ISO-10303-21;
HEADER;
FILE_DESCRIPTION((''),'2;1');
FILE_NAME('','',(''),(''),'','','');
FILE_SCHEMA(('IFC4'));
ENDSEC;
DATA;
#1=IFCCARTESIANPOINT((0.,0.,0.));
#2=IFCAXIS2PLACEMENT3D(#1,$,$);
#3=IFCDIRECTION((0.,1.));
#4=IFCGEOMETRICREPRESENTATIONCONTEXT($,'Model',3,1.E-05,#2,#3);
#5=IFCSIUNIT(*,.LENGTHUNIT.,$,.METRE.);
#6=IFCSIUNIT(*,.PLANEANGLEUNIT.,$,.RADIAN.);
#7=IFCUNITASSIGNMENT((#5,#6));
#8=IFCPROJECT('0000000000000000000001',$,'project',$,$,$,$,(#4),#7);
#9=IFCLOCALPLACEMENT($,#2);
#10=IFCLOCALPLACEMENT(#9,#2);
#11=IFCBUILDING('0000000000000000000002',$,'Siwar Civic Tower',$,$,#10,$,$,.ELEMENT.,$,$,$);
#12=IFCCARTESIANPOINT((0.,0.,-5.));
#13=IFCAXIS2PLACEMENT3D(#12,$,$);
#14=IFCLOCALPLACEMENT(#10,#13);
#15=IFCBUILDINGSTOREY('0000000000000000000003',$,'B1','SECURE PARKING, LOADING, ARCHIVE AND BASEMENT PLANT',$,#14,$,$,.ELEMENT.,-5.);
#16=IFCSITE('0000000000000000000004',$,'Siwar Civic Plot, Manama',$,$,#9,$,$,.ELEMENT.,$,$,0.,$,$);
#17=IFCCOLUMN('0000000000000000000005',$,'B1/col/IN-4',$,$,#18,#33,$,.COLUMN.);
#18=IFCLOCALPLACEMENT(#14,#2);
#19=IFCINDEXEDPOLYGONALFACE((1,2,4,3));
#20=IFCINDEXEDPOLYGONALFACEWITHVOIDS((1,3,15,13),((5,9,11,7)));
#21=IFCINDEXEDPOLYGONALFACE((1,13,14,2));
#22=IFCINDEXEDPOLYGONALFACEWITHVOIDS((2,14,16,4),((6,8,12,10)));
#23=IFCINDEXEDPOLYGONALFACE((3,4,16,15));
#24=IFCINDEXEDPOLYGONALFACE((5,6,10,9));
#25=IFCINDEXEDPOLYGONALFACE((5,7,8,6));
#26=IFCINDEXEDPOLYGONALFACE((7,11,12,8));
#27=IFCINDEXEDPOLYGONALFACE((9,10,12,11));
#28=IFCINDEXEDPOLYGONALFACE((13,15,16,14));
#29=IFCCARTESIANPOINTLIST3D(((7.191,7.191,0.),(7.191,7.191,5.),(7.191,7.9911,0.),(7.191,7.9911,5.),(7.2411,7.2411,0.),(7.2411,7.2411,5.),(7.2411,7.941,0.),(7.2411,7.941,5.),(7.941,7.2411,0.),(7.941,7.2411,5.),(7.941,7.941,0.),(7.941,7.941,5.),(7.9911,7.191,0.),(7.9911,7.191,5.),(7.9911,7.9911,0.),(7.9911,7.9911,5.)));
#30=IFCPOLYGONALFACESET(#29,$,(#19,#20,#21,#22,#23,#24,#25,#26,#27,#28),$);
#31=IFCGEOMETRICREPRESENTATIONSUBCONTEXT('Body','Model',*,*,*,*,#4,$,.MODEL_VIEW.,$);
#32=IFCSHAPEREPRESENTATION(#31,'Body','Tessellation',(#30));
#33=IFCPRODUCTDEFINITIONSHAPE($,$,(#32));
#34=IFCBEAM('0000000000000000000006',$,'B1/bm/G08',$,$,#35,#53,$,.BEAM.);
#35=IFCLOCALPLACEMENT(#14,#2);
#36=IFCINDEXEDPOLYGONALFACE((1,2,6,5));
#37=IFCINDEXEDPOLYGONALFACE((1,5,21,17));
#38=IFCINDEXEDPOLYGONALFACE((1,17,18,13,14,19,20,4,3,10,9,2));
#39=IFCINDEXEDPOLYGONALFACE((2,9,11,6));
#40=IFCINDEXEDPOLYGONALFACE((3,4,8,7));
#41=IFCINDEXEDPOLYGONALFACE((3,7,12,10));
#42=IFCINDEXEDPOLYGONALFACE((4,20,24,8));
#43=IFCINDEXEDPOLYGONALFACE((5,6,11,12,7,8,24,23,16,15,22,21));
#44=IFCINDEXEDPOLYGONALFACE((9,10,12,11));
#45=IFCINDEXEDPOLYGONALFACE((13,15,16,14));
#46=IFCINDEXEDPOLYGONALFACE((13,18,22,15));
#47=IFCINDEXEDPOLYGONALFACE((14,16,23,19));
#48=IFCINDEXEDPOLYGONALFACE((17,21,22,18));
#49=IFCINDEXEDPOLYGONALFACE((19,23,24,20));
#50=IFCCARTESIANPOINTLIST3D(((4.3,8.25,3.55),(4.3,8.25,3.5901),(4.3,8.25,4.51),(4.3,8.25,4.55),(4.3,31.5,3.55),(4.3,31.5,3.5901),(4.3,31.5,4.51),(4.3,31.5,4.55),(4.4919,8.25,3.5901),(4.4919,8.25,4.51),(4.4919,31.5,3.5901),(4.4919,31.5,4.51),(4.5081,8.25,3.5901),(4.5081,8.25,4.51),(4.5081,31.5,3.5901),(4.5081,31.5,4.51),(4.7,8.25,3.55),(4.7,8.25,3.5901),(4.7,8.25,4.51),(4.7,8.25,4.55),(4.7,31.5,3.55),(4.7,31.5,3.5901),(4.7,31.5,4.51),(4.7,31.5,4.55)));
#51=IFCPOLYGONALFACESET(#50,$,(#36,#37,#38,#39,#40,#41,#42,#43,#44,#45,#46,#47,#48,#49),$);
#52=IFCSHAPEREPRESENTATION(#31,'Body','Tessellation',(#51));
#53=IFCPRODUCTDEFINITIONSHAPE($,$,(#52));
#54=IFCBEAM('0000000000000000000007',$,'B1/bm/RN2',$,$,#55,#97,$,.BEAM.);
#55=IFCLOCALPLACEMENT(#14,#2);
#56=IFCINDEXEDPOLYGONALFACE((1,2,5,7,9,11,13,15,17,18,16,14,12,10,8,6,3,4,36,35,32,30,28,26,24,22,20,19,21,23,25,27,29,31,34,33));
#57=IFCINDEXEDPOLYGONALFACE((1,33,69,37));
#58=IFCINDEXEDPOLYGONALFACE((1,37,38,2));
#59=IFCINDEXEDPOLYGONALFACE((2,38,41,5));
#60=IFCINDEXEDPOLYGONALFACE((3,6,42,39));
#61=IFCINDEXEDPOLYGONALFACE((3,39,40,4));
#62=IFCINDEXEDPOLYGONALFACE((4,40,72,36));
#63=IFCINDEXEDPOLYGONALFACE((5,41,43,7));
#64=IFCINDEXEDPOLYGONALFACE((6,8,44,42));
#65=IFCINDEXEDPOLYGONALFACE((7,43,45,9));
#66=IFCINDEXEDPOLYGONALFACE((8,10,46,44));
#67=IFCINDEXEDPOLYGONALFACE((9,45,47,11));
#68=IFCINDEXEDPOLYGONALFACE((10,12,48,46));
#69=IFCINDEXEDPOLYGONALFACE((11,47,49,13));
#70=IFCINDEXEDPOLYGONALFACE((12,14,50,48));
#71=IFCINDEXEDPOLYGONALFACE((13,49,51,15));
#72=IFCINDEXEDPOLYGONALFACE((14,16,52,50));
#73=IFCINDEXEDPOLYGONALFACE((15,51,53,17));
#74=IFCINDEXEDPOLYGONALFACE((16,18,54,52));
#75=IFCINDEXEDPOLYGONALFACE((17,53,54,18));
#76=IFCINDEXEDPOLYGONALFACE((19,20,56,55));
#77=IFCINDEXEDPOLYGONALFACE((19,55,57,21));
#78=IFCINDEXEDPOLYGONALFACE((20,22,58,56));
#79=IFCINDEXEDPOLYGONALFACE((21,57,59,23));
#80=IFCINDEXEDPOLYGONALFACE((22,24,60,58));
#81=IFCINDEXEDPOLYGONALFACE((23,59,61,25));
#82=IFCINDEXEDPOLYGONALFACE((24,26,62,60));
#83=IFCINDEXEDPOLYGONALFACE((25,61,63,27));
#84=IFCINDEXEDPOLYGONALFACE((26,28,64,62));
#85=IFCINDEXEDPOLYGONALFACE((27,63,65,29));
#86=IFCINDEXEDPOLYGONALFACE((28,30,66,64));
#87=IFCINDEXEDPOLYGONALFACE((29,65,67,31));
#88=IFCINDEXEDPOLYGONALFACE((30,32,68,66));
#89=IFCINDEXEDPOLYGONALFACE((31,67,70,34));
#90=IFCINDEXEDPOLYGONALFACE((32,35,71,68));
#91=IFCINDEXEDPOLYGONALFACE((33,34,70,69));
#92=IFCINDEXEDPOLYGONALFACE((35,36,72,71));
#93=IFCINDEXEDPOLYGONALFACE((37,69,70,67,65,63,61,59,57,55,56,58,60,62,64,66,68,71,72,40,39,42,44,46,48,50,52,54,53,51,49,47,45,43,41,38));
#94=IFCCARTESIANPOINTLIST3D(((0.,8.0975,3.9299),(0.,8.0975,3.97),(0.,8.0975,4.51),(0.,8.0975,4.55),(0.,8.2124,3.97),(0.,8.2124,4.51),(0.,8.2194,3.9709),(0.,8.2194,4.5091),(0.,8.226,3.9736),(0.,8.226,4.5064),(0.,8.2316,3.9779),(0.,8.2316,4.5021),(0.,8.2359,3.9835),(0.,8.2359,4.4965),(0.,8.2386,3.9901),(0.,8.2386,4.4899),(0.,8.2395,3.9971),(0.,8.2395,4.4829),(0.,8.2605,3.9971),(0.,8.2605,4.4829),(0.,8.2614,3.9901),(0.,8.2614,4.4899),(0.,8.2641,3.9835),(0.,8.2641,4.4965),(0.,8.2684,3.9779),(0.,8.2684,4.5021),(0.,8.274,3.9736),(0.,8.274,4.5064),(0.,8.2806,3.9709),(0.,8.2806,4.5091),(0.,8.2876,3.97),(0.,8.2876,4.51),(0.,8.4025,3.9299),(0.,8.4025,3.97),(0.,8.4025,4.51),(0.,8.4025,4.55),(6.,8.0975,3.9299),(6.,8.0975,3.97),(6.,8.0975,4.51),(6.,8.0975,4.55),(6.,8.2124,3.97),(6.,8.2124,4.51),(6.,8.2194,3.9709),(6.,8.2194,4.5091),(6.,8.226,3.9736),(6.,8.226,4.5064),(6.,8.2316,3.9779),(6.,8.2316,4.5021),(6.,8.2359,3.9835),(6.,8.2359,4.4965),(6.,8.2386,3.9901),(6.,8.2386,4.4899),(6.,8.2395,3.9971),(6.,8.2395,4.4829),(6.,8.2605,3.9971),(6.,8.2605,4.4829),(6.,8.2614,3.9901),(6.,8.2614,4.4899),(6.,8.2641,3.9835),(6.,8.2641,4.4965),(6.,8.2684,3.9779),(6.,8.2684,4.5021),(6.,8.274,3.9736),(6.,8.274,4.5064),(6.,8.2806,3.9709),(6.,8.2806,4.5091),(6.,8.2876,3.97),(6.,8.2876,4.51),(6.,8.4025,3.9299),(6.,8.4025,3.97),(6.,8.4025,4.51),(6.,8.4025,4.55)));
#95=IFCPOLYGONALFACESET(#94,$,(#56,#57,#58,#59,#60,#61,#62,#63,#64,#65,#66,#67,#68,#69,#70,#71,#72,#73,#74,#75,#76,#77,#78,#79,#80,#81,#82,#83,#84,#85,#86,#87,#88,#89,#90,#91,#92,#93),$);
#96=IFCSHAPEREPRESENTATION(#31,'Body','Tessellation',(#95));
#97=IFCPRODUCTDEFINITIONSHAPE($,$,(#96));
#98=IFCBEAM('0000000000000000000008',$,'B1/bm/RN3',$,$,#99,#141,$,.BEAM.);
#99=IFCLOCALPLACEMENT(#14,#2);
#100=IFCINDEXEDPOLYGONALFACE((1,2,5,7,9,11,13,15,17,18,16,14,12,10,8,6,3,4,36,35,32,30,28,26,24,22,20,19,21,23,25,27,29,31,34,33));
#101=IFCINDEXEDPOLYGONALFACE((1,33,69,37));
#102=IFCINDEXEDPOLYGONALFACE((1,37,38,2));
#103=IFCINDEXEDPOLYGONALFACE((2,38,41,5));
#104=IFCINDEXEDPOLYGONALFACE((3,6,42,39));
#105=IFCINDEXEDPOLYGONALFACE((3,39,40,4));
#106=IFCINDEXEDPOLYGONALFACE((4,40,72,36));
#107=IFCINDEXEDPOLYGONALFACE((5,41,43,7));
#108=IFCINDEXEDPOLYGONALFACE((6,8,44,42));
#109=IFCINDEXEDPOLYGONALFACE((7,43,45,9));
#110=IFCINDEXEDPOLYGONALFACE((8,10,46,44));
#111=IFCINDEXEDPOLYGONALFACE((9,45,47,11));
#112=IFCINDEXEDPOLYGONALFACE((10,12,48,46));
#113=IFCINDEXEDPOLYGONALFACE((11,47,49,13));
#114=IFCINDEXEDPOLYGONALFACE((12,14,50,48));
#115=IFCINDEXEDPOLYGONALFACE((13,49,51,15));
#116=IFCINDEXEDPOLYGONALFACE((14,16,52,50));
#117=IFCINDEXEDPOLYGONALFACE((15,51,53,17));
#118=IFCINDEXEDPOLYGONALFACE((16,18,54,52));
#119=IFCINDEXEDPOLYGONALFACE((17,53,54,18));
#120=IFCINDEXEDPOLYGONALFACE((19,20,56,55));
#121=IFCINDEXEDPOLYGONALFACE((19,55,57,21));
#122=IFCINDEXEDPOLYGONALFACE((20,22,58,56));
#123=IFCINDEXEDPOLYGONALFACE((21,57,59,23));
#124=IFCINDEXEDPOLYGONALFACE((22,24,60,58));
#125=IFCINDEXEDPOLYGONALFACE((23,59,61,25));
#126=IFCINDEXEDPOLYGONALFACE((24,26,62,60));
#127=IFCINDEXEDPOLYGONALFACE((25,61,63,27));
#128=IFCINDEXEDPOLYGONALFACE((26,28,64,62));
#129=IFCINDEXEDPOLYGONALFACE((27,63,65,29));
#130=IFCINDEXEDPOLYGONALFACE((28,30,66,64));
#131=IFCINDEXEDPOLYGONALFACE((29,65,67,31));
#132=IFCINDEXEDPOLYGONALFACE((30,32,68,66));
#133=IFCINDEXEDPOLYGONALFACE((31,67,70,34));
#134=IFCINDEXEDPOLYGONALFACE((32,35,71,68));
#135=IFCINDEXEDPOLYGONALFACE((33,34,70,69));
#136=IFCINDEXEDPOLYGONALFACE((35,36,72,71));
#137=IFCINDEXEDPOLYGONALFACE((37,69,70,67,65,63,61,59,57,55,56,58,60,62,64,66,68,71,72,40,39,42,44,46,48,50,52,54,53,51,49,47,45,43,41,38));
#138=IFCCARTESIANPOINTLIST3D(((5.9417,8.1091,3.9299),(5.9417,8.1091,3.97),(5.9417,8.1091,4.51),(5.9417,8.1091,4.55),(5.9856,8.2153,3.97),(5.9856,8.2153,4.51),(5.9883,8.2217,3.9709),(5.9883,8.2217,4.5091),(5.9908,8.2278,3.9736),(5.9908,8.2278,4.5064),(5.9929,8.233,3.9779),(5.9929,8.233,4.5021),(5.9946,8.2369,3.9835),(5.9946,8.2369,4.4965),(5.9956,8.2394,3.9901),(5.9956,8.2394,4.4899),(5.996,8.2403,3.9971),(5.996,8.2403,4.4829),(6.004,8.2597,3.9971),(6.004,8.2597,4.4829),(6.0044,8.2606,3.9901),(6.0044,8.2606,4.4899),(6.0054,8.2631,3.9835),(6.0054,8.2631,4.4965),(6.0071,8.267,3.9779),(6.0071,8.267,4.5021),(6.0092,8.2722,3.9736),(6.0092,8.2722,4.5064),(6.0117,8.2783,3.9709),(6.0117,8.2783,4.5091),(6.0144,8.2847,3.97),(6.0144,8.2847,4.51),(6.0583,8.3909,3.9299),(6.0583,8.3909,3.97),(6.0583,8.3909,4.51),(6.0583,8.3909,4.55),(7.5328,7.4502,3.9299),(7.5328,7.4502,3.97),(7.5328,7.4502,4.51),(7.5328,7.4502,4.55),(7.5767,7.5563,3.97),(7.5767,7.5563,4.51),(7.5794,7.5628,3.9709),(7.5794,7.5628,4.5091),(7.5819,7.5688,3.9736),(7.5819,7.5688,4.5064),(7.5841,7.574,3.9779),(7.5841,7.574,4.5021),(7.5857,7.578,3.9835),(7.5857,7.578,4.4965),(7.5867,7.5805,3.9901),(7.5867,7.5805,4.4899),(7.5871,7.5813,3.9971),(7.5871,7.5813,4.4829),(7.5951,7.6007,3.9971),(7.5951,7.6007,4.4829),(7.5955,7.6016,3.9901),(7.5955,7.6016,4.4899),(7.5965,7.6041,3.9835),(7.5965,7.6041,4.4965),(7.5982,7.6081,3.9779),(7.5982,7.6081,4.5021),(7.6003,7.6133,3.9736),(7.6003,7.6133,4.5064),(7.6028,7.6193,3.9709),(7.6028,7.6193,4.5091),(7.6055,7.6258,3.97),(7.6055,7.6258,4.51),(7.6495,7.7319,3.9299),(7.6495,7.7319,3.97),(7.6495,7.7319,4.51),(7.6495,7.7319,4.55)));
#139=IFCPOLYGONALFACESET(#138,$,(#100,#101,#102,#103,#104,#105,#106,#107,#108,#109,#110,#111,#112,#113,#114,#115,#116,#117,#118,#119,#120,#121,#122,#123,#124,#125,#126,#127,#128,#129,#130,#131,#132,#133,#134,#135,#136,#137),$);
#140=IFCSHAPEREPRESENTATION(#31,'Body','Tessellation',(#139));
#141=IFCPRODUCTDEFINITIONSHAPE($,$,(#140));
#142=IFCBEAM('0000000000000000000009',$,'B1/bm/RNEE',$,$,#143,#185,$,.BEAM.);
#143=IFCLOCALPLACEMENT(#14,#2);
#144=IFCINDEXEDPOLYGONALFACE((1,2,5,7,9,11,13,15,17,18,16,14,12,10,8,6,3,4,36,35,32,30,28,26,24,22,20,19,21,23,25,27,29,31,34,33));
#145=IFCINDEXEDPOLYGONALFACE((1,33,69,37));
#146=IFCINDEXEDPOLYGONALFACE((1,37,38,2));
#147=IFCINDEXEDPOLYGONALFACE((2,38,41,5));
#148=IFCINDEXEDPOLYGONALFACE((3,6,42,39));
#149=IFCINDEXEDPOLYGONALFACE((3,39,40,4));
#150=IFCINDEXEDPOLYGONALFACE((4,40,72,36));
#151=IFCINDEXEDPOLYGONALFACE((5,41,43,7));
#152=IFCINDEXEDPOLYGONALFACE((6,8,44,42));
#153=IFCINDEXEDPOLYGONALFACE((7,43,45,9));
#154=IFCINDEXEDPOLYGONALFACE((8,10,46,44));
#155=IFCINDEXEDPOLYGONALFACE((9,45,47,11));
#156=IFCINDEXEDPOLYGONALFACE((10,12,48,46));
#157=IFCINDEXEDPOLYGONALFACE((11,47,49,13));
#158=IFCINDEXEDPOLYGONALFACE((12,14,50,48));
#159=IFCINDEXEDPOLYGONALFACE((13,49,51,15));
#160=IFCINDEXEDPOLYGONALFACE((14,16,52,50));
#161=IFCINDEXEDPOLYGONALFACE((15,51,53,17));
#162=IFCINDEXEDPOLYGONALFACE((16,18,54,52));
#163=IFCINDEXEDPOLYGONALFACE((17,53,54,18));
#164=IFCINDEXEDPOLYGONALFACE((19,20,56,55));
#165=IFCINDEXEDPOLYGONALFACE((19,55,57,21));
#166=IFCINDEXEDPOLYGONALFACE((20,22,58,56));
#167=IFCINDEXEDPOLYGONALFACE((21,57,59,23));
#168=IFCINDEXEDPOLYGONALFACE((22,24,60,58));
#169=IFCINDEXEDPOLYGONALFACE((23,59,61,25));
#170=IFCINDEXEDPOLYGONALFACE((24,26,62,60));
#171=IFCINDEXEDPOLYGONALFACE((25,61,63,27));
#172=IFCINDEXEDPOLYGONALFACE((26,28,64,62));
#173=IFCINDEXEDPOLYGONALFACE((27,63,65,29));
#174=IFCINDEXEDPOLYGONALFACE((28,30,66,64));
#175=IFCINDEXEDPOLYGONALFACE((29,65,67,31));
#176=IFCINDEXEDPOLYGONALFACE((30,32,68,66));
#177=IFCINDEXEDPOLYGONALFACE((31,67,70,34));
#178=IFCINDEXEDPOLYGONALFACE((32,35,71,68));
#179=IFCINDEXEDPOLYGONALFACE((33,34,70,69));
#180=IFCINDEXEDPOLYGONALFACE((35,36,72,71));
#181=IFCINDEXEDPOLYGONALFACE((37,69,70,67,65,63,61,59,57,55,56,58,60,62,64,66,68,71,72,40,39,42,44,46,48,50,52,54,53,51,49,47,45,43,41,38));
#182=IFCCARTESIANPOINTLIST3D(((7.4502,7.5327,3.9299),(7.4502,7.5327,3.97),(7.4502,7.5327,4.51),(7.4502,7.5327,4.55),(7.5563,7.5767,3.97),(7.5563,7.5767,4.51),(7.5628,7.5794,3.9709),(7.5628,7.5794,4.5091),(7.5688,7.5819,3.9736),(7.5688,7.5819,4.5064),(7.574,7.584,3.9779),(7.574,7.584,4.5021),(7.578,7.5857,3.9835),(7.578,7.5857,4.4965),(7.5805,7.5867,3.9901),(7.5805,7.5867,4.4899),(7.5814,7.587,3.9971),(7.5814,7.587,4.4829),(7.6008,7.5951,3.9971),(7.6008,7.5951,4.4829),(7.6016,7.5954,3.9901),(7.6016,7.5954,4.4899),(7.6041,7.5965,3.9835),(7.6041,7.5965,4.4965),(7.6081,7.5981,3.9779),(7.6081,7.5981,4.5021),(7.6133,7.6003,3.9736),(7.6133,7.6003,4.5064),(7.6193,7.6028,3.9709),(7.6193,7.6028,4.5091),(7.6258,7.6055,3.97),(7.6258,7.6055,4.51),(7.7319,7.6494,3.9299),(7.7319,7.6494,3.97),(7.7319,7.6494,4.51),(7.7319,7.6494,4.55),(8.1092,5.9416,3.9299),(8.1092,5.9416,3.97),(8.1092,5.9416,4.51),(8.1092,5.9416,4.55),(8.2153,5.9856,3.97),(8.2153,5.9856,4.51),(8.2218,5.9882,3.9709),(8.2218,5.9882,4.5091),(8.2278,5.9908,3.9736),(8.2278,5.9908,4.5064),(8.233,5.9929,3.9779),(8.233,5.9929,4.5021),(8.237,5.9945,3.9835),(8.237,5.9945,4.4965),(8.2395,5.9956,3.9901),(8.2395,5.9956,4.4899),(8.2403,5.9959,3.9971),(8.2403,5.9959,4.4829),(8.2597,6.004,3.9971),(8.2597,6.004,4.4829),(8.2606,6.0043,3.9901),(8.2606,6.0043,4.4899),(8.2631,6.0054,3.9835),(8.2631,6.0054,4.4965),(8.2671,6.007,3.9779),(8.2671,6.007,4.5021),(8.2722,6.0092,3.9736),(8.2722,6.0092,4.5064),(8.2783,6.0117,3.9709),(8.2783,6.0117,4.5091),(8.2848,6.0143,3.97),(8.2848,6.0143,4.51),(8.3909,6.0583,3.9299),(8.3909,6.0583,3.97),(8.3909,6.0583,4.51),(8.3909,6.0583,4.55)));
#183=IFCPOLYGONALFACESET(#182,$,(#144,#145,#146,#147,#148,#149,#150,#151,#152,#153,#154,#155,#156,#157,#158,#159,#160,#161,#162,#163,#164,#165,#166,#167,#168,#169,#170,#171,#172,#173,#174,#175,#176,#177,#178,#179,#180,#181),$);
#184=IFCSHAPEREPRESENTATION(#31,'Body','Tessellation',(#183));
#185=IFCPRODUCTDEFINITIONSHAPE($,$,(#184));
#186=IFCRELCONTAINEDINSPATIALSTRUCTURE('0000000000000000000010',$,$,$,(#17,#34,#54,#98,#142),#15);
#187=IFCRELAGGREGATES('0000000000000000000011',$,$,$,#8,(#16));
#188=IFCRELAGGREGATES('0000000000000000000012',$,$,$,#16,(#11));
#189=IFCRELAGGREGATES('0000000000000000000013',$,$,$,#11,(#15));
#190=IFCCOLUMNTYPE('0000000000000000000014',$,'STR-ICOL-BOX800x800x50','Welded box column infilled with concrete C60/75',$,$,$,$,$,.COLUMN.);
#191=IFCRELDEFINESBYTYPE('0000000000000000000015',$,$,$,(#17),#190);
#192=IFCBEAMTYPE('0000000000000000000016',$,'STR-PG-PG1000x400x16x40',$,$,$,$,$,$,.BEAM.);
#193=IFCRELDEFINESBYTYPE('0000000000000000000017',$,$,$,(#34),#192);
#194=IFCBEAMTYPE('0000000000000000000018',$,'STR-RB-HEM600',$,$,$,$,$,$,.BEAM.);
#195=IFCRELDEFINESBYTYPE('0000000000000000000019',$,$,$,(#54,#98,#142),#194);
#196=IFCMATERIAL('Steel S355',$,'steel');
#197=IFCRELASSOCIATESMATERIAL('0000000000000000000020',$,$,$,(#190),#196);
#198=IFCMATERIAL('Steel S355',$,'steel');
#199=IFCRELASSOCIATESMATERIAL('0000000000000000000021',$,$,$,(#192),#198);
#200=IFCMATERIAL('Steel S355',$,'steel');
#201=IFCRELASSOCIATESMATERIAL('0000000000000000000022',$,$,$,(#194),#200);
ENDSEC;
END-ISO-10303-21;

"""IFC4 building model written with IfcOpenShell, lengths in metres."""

from ifc_helpers import new_model, si_unit, direction, frame, origin, origin_2d, place, context, subcontext, project, spatial, hollow_rectangle, i_section, extrude, material, material_profile, profile_set, type_object, element, save


model = new_model("IFC4")

# Units and contexts
model_context = context("Model", 3, precision=1e-05, world=origin(), true_north=direction((0.0, 1.0)))
body_context = subcontext(model_context, "Body", "Model", "MODEL_VIEW")
ifc_project = project(units=[si_unit("LENGTHUNIT", "METRE"), si_unit("PLANEANGLEUNIT", "RADIAN")], contexts=[model_context])

# Site, building, storey
site_placement = place(None, origin())
site = spatial("IfcSite", under=ifc_project, at=site_placement, Name="Siwar Civic Plot, Manama", CompositionType="ELEMENT", RefElevation=0.0)
building_placement = place(site_placement, origin())
building = spatial("IfcBuilding", under=site, at=building_placement, Name="Siwar Civic Tower", CompositionType="ELEMENT")
storey_placement = place(building_placement, frame((0.0, 0.0, -5.0)))
storey = spatial("IfcBuildingStorey", under=building, at=storey_placement, Name="B1", Description="SECURE PARKING, LOADING, ARCHIVE AND BASEMENT PLANT", CompositionType="ELEMENT", Elevation=-5.0)

# Column
ifc_material_1 = material(Name="Steel S355", Category="steel")
ifc_material_profile_1 = material_profile(ifc_material_1, hollow_rectangle(XDim=0.8, YDim=0.8, WallThickness=0.05, at=origin_2d()), Name="BOX800x800x50")
ifc_profile_set_1 = profile_set([ifc_material_profile_1], Name="Steel S355")
column_type = type_object("IfcColumnType", Name="STR-ICOL-BOX800x800x50", Description="Welded box column infilled with concrete C60/75", PredefinedType="COLUMN", material=ifc_profile_set_1)
for number, where, z_axis, x_axis, name in (
    (1, (7.5911, 7.5911, 0.0), (0.0, 0.0, 1.0), (1.0, 0.0, 0.0), "B1/col/IN-4"),
):
    element("IfcColumn", number, at=place(storey_placement, frame(where, z_axis=z_axis, x_axis=x_axis)), inside=storey, type_object=column_type, Name=name, PredefinedType="COLUMN", context=body_context, shape_type="SweptSolid", body=[
        extrude(hollow_rectangle(XDim=0.8, YDim=0.8, WallThickness=0.05, at=origin_2d()), origin(), (0.0, 0.0, 1.0), 5.0),
    ])

# Beams
ifc_material_2 = material(Name="Steel S355", Category="steel")
ifc_material_profile_2 = material_profile(ifc_material_2, i_section(OverallWidth=0.3999, OverallDepth=1.0, WebThickness=0.0161, FlangeThickness=0.04, at=origin_2d()), Name="PG1000x400x16x40")
ifc_profile_set_2 = profile_set([ifc_material_profile_2], Name="Steel S355")
beam_type_1 = type_object("IfcBeamType", Name="STR-PG-PG1000x400x16x40", PredefinedType="BEAM", material=ifc_profile_set_2)
beam_1_placement = place(storey_placement, frame((4.5, 8.25, 4.05), z_axis=(0.0, 1.0, 0.0), x_axis=(-1.0, 0.0, 0.0)))
element("IfcBeam", 2, at=beam_1_placement, inside=storey, type_object=beam_type_1, Name="B1/bm/G08", PredefinedType="BEAM", context=body_context, shape_type="SweptSolid", body=[
    extrude(i_section(OverallWidth=0.3999, OverallDepth=1.0, WebThickness=0.0161, FlangeThickness=0.04, at=origin_2d()), origin(), (0.0, 0.0, 1.0), 23.25),
])
ifc_material_3 = material(Name="Steel S355", Category="steel")
ifc_material_profile_3 = material_profile(ifc_material_3, i_section(OverallWidth=0.3049, OverallDepth=0.6201, WebThickness=0.021, FlangeThickness=0.04, FilletRadius=0.0271, at=origin_2d()), Name="HEM600")
ifc_profile_set_3 = profile_set([ifc_material_profile_3], Name="Steel S355")
beam_type_2 = type_object("IfcBeamType", Name="STR-RB-HEM600", PredefinedType="BEAM", material=ifc_profile_set_3)
beam_2_placement = place(storey_placement, frame((0.0, 8.25, 4.24), z_axis=(1.0, 0.0, 0.0), x_axis=(0.0, 1.0, 0.0)))
element("IfcBeam", 3, at=beam_2_placement, inside=storey, type_object=beam_type_2, Name="B1/bm/RN2", PredefinedType="BEAM", context=body_context, shape_type="SweptSolid", body=[
    extrude(i_section(OverallWidth=0.3049, OverallDepth=0.6201, WebThickness=0.021, FlangeThickness=0.04, FilletRadius=0.0271, at=origin_2d()), origin(), (0.0, 0.0, 1.0), 6.0),
])
for number, where, z_axis, x_axis, name in (
    (4, (6.0, 8.25, 4.24), (0.923901, -0.382631, 0.0), (0.382631, 0.923901, 0.0), "B1/bm/RN3"),
    (5, (7.5911, 7.5911, 4.24), (0.382631, -0.923901, 0.0), (0.923901, 0.382631, 0.0), "B1/bm/RNEE"),
):
    element("IfcBeam", number, at=place(storey_placement, frame(where, z_axis=z_axis, x_axis=x_axis)), inside=storey, type_object=beam_type_2, Name=name, PredefinedType="BEAM", context=body_context, shape_type="SweptSolid", body=[
        extrude(i_section(OverallWidth=0.3049, OverallDepth=0.6201, WebThickness=0.021, FlangeThickness=0.04, FilletRadius=0.0271, at=origin_2d()), origin(), (0.0, 0.0, 1.0), 1.7222),
    ])

save(model, "model.ifc")
